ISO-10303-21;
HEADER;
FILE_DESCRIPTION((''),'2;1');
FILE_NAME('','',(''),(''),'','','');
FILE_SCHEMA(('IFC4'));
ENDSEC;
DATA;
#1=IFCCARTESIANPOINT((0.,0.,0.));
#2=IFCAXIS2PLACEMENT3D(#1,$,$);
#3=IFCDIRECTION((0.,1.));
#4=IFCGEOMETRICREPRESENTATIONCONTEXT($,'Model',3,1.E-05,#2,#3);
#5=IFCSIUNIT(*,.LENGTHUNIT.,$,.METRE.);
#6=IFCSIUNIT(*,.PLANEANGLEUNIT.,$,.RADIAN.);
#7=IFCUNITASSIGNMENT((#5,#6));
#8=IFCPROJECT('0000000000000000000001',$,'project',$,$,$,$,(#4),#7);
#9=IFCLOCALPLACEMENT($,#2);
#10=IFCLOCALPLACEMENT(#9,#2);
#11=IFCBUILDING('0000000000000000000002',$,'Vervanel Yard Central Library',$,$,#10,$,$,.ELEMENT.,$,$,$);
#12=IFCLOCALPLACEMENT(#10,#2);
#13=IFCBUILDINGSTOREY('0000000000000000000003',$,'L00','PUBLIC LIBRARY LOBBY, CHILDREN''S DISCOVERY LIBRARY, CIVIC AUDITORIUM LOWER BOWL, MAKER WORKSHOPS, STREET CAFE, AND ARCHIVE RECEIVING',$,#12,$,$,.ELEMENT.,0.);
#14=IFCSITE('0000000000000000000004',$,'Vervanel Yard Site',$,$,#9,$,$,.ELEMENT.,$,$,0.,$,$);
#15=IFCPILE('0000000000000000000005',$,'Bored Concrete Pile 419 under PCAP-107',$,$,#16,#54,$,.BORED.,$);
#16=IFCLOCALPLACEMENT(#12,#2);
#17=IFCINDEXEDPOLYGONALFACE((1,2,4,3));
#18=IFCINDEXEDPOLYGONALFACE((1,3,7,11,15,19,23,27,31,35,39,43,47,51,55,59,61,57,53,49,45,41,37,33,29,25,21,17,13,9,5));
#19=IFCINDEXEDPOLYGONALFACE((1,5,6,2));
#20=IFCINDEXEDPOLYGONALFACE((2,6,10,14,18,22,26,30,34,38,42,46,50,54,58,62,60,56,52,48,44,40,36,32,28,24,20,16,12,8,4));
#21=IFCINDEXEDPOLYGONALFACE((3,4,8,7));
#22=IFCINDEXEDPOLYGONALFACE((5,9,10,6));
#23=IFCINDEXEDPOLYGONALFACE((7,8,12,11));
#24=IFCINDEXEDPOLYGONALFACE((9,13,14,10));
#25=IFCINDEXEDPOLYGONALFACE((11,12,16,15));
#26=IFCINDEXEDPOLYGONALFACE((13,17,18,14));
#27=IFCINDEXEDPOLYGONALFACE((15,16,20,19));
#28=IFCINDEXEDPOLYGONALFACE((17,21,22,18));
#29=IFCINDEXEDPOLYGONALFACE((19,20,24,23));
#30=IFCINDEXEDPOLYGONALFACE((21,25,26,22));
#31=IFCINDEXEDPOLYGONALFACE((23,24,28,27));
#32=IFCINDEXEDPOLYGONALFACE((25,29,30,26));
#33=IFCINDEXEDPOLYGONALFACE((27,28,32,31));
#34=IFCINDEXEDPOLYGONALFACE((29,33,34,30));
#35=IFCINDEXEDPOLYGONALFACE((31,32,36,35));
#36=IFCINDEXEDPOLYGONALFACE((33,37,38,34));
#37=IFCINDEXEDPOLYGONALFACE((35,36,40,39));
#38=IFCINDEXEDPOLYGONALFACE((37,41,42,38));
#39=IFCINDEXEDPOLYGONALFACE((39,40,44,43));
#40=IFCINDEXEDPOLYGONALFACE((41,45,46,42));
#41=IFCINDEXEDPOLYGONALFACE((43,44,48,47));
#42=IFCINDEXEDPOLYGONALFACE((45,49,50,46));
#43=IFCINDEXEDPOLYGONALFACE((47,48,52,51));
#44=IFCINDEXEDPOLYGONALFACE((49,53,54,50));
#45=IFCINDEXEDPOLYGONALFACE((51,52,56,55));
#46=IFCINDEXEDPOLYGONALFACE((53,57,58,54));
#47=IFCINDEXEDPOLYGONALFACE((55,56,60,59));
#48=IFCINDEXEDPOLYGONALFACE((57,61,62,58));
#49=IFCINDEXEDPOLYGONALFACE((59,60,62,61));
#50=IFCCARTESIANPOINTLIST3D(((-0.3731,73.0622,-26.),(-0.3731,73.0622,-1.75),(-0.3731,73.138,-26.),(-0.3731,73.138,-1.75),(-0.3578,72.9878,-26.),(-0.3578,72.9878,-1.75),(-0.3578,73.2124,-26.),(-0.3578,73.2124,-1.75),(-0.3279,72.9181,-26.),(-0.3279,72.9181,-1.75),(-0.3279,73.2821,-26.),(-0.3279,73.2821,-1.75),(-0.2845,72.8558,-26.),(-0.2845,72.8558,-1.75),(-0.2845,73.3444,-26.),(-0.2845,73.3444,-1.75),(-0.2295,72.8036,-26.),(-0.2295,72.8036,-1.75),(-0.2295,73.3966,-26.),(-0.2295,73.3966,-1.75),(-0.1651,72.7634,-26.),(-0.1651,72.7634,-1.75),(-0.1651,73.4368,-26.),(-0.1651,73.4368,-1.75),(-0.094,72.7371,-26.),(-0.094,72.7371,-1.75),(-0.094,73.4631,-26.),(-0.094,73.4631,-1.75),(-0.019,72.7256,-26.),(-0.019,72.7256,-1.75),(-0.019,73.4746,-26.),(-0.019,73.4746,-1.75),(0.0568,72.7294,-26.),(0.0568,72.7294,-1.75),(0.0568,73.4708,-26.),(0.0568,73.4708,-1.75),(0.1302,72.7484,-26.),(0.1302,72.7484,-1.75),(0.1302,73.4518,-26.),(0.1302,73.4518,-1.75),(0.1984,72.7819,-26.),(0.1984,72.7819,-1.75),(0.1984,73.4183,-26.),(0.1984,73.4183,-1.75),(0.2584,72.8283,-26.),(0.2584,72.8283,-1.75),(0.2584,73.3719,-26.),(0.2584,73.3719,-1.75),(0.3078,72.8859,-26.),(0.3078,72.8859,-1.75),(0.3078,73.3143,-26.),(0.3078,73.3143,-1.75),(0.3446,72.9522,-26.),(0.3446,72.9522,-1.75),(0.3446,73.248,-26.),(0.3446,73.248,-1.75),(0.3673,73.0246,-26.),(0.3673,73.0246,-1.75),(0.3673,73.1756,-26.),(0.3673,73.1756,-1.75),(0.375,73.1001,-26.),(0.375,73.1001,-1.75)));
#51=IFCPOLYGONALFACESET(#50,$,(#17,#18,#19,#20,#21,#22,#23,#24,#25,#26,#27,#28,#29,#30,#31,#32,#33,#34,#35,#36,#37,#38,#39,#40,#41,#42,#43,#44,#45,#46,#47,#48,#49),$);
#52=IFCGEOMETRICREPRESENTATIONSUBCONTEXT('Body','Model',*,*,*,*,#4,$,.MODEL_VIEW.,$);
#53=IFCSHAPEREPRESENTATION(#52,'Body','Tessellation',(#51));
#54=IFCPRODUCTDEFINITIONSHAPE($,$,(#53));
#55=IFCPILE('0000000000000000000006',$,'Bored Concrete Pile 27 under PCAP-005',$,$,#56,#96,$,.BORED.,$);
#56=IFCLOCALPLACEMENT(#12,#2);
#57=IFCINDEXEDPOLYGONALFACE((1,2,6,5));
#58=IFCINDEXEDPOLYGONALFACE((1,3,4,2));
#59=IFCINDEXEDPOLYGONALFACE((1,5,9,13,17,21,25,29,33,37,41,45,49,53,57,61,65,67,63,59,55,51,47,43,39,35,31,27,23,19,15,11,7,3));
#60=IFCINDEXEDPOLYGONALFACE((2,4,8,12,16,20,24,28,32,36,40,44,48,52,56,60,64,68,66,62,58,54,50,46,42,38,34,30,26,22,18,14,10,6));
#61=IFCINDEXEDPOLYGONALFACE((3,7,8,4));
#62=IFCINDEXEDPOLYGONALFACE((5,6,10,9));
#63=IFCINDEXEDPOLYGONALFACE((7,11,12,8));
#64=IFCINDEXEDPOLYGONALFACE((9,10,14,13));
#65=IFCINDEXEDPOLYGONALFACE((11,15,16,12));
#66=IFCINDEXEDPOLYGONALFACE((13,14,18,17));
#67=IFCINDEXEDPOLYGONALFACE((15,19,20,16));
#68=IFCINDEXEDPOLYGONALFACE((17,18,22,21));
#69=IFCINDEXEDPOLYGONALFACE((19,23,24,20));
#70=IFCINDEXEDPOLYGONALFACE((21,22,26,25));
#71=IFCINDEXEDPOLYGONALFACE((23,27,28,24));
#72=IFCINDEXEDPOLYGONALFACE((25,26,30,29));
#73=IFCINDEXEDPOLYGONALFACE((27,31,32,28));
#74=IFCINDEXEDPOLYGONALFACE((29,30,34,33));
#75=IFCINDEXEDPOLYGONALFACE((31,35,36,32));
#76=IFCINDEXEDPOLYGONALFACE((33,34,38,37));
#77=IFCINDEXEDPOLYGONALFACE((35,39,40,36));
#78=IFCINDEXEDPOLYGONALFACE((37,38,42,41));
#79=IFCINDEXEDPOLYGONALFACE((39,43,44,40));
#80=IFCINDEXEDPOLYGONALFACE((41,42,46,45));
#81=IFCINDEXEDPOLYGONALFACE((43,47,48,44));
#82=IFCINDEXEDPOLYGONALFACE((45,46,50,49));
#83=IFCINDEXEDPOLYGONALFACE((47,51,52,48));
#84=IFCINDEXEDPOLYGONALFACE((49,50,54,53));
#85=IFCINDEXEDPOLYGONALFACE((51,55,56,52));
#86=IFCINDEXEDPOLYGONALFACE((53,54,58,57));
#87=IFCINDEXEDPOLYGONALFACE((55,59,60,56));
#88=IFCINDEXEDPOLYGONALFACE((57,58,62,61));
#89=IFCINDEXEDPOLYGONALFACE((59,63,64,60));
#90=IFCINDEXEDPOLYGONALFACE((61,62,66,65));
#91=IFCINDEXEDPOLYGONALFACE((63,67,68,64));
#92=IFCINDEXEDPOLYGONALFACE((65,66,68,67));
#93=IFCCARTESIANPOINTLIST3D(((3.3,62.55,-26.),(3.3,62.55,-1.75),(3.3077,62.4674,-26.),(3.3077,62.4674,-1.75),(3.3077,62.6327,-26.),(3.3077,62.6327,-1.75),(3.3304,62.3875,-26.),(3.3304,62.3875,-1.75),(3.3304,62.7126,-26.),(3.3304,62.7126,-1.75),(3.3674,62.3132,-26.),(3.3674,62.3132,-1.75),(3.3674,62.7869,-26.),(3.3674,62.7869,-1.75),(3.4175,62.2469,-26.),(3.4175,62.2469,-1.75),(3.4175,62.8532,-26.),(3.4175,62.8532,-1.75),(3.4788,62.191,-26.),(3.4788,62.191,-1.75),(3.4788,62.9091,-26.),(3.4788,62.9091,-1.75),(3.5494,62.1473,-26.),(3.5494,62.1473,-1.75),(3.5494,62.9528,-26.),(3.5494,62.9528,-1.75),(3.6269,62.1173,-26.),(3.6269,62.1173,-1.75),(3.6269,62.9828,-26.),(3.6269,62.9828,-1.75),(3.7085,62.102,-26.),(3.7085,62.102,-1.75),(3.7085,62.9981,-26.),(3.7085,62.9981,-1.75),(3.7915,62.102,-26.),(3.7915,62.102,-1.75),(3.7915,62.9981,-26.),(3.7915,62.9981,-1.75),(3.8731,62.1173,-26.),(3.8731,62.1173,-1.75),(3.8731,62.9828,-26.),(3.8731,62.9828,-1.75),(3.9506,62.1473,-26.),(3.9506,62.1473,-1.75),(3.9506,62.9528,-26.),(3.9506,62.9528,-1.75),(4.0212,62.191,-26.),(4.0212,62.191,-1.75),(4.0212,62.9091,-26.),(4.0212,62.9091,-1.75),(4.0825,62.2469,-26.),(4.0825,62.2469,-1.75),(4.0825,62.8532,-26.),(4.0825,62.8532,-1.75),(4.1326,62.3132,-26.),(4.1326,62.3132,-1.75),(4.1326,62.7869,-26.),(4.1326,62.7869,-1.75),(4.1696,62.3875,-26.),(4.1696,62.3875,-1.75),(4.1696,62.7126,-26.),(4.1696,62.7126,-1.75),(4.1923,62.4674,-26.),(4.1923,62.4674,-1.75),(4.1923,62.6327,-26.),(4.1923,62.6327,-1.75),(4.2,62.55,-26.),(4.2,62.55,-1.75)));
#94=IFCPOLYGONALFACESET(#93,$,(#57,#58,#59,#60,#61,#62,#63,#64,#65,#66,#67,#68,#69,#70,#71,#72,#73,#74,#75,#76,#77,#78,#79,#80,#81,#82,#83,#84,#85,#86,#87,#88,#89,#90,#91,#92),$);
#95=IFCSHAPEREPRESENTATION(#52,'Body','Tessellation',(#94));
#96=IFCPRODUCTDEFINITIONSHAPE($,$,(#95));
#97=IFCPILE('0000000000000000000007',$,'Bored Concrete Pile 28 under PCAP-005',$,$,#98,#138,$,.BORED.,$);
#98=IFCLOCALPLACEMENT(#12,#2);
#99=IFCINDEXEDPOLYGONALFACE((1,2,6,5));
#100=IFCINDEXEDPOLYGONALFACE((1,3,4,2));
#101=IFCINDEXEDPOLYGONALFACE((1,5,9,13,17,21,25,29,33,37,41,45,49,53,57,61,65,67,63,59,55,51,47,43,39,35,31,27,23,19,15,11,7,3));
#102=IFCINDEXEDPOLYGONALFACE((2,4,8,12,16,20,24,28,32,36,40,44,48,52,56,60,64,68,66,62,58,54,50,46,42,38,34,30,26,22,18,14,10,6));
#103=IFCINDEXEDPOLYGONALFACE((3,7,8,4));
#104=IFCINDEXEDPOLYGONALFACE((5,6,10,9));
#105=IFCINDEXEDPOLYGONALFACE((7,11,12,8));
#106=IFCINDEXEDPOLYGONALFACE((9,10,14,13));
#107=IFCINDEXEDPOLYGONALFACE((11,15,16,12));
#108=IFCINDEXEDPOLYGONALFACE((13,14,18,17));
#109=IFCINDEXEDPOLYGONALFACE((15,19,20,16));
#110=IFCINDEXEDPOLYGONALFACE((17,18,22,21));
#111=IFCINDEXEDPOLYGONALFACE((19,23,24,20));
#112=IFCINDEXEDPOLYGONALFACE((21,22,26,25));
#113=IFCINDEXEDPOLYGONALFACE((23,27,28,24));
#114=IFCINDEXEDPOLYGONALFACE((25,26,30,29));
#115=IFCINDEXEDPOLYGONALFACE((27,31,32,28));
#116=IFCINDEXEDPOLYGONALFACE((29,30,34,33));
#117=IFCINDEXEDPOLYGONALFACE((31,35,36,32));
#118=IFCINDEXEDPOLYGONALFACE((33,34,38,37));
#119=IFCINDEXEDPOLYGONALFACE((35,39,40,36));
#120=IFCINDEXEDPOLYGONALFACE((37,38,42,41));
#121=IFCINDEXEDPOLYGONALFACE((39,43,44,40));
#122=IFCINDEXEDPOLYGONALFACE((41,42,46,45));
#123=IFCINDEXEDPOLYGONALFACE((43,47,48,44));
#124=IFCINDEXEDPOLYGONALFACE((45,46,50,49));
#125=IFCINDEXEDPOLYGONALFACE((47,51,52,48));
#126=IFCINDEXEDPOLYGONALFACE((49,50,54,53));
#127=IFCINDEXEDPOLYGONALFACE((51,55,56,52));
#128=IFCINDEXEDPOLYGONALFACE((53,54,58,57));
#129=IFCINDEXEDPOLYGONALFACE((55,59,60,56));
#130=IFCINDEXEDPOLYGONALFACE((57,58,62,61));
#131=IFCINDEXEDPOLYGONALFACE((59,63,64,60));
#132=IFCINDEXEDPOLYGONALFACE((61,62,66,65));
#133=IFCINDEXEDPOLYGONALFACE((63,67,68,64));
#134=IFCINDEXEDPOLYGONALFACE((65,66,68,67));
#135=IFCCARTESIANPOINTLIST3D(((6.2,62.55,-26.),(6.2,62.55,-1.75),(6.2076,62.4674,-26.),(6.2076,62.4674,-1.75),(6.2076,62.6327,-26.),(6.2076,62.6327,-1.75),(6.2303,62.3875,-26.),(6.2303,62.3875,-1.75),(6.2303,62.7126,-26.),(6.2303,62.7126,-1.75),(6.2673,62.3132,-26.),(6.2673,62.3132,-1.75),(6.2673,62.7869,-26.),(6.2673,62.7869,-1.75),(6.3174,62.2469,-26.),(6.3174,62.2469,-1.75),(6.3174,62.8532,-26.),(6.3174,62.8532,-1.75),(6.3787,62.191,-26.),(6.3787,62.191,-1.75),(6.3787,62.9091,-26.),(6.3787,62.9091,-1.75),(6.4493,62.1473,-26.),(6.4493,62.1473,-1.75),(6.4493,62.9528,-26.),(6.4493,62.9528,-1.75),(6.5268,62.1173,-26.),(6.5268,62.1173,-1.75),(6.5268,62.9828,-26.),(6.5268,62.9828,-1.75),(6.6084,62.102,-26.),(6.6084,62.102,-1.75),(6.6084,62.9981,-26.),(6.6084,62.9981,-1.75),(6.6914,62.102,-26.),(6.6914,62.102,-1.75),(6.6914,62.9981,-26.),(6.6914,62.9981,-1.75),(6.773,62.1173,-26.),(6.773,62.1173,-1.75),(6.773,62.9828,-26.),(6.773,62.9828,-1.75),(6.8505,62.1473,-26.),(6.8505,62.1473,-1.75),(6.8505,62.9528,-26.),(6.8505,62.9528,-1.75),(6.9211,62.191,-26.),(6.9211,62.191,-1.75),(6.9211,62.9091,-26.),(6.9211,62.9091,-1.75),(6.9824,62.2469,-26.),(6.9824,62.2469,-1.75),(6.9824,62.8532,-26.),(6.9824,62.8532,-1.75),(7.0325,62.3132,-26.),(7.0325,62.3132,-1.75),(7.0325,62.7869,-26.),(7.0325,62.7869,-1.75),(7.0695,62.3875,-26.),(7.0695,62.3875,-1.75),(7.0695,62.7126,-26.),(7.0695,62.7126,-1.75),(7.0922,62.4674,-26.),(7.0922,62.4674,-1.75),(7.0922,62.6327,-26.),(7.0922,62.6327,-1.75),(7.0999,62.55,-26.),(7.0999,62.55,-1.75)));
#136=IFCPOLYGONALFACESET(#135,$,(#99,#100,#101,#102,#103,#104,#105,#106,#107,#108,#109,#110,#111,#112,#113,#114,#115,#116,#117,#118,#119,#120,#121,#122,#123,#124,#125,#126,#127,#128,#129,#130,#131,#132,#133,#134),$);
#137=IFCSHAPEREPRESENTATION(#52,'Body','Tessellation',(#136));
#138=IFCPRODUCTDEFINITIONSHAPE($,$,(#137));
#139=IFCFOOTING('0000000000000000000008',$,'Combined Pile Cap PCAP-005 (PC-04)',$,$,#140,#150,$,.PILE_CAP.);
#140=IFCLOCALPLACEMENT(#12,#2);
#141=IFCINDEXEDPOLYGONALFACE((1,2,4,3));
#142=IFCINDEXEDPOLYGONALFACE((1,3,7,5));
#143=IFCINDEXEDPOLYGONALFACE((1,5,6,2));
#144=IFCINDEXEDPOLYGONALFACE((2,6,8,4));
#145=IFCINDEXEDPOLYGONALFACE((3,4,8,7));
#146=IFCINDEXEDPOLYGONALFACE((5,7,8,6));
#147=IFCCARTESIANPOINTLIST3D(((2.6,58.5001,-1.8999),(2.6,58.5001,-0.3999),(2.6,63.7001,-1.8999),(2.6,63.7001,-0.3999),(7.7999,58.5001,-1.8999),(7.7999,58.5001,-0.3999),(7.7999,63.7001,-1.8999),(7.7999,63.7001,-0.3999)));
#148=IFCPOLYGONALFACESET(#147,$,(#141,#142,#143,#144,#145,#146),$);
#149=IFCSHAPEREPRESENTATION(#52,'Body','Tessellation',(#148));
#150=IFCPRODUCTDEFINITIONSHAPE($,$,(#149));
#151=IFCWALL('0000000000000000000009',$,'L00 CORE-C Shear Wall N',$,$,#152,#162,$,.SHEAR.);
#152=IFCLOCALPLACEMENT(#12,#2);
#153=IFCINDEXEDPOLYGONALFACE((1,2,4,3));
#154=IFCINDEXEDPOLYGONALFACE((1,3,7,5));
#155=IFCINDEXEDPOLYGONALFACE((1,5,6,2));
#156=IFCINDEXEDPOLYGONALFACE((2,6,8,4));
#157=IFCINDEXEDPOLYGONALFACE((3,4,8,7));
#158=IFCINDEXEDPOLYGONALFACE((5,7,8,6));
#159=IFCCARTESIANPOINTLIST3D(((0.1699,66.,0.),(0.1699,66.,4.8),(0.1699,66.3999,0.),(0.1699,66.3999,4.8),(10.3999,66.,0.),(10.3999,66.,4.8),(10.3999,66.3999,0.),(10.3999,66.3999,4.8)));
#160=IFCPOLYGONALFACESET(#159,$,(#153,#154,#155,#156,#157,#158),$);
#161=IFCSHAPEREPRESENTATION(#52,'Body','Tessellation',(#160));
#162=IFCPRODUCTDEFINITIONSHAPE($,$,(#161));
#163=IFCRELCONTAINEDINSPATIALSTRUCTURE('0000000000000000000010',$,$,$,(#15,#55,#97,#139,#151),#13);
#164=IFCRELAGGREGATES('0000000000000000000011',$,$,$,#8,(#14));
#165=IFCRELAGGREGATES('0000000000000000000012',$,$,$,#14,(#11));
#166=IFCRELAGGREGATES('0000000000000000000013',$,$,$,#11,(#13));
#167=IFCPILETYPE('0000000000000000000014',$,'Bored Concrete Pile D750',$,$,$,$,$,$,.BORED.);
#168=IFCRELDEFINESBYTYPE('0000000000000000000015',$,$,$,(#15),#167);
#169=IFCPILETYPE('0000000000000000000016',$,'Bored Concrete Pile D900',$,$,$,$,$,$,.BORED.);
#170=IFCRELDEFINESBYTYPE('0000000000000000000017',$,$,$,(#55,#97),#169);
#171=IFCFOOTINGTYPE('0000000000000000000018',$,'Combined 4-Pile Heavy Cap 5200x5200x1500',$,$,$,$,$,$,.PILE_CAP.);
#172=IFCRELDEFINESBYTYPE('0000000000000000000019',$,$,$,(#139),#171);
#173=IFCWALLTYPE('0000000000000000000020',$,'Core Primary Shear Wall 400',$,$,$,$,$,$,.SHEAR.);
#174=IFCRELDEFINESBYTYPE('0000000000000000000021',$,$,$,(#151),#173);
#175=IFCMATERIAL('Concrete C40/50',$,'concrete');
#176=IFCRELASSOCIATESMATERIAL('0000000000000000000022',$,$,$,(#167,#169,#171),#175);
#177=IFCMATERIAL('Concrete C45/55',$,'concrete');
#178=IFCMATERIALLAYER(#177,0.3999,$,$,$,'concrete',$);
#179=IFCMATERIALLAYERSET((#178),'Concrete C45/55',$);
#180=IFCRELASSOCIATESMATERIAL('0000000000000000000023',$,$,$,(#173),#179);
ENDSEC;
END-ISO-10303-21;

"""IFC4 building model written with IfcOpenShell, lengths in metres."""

from ifc_helpers import new_model, si_unit, direction, frame, frame_2d, origin, origin_2d, place, context, subcontext, project, spatial, rectangle, circle, extrude, material, layer, layer_set, material_profile, profile_set, type_object, element, save


model = new_model("IFC4")

# Units and contexts
model_context = context("Model", 3, precision=1e-05, world=origin(), true_north=direction((0.0, 1.0)))
body_context = subcontext(model_context, "Body", "Model", "MODEL_VIEW")
ifc_project = project(units=[si_unit("LENGTHUNIT", "METRE"), si_unit("PLANEANGLEUNIT", "RADIAN")], contexts=[model_context])

# Site, building, storey
site_placement = place(None, origin())
site = spatial("IfcSite", under=ifc_project, at=site_placement, Name="Vervanel Yard Site", CompositionType="ELEMENT", RefElevation=0.0)
building_placement = place(site_placement, origin())
building = spatial("IfcBuilding", under=site, at=building_placement, Name="Vervanel Yard Central Library", CompositionType="ELEMENT")
storey_placement = place(building_placement, origin())
storey = spatial("IfcBuildingStorey", under=building, at=storey_placement, Name="L00", Description="PUBLIC LIBRARY LOBBY, CHILDREN'S DISCOVERY LIBRARY, CIVIC AUDITORIUM LOWER BOWL, MAKER WORKSHOPS, STREET CAFE, AND ARCHIVE RECEIVING", CompositionType="ELEMENT", Elevation=0.0)

# Piles
ifc_material_1 = material(Name="Concrete C40/50", Category="concrete")
ifc_material_profile_1 = material_profile(ifc_material_1, circle(Radius=0.375, at=origin_2d()), Name="BP D750", Category="concrete")
ifc_profile_set_1 = profile_set([ifc_material_profile_1], Name="Concrete C40/50")
pile_type_1 = type_object("IfcPileType", Name="Bored Concrete Pile D750", PredefinedType="BORED", material=ifc_profile_set_1)
pile_placement = place(storey_placement, frame((0.0, 73.1001, -1.75), z_axis=(0.0, 0.0, -1.0), x_axis=(1.0, 0.0, 0.0)))
element("IfcPile", 1, at=pile_placement, inside=storey, type_object=pile_type_1, Name="Bored Concrete Pile 419 under PCAP-107", PredefinedType="BORED", context=body_context, shape_type="SweptSolid", body=[
    extrude(circle(Radius=0.375, at=origin_2d()), origin(), (0.0, 0.0, 1.0), 24.25),
])
ifc_material_profile_2 = material_profile(ifc_material_1, circle(Radius=0.45, at=origin_2d()), Name="BP D900", Category="concrete")
ifc_profile_set_2 = profile_set([ifc_material_profile_2], Name="Concrete C40/50")
pile_type_2 = type_object("IfcPileType", Name="Bored Concrete Pile D900", PredefinedType="BORED", material=ifc_profile_set_2)
for number, where, z_axis, x_axis, name in (
    (2, (3.75, 62.55, -1.75), (0.0, 0.0, -1.0), (1.0, 0.0, 0.0), "Bored Concrete Pile 27 under PCAP-005"),
    (3, (6.6499, 62.55, -1.75), (0.0, 0.0, -1.0), (1.0, 0.0, 0.0), "Bored Concrete Pile 28 under PCAP-005"),
):
    element("IfcPile", number, at=place(storey_placement, frame(where, z_axis=z_axis, x_axis=x_axis)), inside=storey, type_object=pile_type_2, Name=name, PredefinedType="BORED", context=body_context, shape_type="SweptSolid", body=[
        extrude(circle(Radius=0.45, at=origin_2d()), origin(), (0.0, 0.0, 1.0), 24.25),
    ])

# Footing
footing_type = type_object("IfcFootingType", Name="Combined 4-Pile Heavy Cap 5200x5200x1500", PredefinedType="PILE_CAP", material=ifc_material_1)
footing_placement = place(storey_placement, frame((5.2, 61.1001, -1.8999), z_axis=(0.0, 0.0, 1.0), x_axis=(1.0, 0.0, 0.0)))
element("IfcFooting", 4, at=footing_placement, inside=storey, type_object=footing_type, Name="Combined Pile Cap PCAP-005 (PC-04)", PredefinedType="PILE_CAP", context=body_context, shape_type="SweptSolid", body=[
    extrude(rectangle(XDim=5.2, YDim=5.2, at=origin_2d()), origin(), (0.0, 0.0, 1.0), 1.5),
])

# Wall
ifc_material_2 = material(Name="Concrete C45/55", Category="concrete")
ifc_layer_1 = layer(ifc_material_2, 0.3999, Category="concrete")
ifc_layer_set_1 = layer_set([ifc_layer_1], Name="Concrete C45/55")
wall_type_1 = type_object("IfcWallType", Name="Core Primary Shear Wall 400", PredefinedType="SHEAR", material=ifc_layer_set_1)
wall_1_placement = place(storey_placement, frame((0.1699, 66.2, 0.0), z_axis=(0.0, 0.0, 1.0), x_axis=(1.0, 0.0, 0.0)))
element("IfcWall", 5, at=wall_1_placement, inside=storey, type_object=wall_type_1, Name="L00 CORE-C Shear Wall N", PredefinedType="SHEAR", context=body_context, shape_type="SweptSolid", body=[
    extrude(rectangle(XDim=10.23, YDim=0.3999, at=frame_2d((5.115, 0.0))), origin(), (0.0, 0.0, 1.0), 4.8),
])

save(model, "model.ifc")
